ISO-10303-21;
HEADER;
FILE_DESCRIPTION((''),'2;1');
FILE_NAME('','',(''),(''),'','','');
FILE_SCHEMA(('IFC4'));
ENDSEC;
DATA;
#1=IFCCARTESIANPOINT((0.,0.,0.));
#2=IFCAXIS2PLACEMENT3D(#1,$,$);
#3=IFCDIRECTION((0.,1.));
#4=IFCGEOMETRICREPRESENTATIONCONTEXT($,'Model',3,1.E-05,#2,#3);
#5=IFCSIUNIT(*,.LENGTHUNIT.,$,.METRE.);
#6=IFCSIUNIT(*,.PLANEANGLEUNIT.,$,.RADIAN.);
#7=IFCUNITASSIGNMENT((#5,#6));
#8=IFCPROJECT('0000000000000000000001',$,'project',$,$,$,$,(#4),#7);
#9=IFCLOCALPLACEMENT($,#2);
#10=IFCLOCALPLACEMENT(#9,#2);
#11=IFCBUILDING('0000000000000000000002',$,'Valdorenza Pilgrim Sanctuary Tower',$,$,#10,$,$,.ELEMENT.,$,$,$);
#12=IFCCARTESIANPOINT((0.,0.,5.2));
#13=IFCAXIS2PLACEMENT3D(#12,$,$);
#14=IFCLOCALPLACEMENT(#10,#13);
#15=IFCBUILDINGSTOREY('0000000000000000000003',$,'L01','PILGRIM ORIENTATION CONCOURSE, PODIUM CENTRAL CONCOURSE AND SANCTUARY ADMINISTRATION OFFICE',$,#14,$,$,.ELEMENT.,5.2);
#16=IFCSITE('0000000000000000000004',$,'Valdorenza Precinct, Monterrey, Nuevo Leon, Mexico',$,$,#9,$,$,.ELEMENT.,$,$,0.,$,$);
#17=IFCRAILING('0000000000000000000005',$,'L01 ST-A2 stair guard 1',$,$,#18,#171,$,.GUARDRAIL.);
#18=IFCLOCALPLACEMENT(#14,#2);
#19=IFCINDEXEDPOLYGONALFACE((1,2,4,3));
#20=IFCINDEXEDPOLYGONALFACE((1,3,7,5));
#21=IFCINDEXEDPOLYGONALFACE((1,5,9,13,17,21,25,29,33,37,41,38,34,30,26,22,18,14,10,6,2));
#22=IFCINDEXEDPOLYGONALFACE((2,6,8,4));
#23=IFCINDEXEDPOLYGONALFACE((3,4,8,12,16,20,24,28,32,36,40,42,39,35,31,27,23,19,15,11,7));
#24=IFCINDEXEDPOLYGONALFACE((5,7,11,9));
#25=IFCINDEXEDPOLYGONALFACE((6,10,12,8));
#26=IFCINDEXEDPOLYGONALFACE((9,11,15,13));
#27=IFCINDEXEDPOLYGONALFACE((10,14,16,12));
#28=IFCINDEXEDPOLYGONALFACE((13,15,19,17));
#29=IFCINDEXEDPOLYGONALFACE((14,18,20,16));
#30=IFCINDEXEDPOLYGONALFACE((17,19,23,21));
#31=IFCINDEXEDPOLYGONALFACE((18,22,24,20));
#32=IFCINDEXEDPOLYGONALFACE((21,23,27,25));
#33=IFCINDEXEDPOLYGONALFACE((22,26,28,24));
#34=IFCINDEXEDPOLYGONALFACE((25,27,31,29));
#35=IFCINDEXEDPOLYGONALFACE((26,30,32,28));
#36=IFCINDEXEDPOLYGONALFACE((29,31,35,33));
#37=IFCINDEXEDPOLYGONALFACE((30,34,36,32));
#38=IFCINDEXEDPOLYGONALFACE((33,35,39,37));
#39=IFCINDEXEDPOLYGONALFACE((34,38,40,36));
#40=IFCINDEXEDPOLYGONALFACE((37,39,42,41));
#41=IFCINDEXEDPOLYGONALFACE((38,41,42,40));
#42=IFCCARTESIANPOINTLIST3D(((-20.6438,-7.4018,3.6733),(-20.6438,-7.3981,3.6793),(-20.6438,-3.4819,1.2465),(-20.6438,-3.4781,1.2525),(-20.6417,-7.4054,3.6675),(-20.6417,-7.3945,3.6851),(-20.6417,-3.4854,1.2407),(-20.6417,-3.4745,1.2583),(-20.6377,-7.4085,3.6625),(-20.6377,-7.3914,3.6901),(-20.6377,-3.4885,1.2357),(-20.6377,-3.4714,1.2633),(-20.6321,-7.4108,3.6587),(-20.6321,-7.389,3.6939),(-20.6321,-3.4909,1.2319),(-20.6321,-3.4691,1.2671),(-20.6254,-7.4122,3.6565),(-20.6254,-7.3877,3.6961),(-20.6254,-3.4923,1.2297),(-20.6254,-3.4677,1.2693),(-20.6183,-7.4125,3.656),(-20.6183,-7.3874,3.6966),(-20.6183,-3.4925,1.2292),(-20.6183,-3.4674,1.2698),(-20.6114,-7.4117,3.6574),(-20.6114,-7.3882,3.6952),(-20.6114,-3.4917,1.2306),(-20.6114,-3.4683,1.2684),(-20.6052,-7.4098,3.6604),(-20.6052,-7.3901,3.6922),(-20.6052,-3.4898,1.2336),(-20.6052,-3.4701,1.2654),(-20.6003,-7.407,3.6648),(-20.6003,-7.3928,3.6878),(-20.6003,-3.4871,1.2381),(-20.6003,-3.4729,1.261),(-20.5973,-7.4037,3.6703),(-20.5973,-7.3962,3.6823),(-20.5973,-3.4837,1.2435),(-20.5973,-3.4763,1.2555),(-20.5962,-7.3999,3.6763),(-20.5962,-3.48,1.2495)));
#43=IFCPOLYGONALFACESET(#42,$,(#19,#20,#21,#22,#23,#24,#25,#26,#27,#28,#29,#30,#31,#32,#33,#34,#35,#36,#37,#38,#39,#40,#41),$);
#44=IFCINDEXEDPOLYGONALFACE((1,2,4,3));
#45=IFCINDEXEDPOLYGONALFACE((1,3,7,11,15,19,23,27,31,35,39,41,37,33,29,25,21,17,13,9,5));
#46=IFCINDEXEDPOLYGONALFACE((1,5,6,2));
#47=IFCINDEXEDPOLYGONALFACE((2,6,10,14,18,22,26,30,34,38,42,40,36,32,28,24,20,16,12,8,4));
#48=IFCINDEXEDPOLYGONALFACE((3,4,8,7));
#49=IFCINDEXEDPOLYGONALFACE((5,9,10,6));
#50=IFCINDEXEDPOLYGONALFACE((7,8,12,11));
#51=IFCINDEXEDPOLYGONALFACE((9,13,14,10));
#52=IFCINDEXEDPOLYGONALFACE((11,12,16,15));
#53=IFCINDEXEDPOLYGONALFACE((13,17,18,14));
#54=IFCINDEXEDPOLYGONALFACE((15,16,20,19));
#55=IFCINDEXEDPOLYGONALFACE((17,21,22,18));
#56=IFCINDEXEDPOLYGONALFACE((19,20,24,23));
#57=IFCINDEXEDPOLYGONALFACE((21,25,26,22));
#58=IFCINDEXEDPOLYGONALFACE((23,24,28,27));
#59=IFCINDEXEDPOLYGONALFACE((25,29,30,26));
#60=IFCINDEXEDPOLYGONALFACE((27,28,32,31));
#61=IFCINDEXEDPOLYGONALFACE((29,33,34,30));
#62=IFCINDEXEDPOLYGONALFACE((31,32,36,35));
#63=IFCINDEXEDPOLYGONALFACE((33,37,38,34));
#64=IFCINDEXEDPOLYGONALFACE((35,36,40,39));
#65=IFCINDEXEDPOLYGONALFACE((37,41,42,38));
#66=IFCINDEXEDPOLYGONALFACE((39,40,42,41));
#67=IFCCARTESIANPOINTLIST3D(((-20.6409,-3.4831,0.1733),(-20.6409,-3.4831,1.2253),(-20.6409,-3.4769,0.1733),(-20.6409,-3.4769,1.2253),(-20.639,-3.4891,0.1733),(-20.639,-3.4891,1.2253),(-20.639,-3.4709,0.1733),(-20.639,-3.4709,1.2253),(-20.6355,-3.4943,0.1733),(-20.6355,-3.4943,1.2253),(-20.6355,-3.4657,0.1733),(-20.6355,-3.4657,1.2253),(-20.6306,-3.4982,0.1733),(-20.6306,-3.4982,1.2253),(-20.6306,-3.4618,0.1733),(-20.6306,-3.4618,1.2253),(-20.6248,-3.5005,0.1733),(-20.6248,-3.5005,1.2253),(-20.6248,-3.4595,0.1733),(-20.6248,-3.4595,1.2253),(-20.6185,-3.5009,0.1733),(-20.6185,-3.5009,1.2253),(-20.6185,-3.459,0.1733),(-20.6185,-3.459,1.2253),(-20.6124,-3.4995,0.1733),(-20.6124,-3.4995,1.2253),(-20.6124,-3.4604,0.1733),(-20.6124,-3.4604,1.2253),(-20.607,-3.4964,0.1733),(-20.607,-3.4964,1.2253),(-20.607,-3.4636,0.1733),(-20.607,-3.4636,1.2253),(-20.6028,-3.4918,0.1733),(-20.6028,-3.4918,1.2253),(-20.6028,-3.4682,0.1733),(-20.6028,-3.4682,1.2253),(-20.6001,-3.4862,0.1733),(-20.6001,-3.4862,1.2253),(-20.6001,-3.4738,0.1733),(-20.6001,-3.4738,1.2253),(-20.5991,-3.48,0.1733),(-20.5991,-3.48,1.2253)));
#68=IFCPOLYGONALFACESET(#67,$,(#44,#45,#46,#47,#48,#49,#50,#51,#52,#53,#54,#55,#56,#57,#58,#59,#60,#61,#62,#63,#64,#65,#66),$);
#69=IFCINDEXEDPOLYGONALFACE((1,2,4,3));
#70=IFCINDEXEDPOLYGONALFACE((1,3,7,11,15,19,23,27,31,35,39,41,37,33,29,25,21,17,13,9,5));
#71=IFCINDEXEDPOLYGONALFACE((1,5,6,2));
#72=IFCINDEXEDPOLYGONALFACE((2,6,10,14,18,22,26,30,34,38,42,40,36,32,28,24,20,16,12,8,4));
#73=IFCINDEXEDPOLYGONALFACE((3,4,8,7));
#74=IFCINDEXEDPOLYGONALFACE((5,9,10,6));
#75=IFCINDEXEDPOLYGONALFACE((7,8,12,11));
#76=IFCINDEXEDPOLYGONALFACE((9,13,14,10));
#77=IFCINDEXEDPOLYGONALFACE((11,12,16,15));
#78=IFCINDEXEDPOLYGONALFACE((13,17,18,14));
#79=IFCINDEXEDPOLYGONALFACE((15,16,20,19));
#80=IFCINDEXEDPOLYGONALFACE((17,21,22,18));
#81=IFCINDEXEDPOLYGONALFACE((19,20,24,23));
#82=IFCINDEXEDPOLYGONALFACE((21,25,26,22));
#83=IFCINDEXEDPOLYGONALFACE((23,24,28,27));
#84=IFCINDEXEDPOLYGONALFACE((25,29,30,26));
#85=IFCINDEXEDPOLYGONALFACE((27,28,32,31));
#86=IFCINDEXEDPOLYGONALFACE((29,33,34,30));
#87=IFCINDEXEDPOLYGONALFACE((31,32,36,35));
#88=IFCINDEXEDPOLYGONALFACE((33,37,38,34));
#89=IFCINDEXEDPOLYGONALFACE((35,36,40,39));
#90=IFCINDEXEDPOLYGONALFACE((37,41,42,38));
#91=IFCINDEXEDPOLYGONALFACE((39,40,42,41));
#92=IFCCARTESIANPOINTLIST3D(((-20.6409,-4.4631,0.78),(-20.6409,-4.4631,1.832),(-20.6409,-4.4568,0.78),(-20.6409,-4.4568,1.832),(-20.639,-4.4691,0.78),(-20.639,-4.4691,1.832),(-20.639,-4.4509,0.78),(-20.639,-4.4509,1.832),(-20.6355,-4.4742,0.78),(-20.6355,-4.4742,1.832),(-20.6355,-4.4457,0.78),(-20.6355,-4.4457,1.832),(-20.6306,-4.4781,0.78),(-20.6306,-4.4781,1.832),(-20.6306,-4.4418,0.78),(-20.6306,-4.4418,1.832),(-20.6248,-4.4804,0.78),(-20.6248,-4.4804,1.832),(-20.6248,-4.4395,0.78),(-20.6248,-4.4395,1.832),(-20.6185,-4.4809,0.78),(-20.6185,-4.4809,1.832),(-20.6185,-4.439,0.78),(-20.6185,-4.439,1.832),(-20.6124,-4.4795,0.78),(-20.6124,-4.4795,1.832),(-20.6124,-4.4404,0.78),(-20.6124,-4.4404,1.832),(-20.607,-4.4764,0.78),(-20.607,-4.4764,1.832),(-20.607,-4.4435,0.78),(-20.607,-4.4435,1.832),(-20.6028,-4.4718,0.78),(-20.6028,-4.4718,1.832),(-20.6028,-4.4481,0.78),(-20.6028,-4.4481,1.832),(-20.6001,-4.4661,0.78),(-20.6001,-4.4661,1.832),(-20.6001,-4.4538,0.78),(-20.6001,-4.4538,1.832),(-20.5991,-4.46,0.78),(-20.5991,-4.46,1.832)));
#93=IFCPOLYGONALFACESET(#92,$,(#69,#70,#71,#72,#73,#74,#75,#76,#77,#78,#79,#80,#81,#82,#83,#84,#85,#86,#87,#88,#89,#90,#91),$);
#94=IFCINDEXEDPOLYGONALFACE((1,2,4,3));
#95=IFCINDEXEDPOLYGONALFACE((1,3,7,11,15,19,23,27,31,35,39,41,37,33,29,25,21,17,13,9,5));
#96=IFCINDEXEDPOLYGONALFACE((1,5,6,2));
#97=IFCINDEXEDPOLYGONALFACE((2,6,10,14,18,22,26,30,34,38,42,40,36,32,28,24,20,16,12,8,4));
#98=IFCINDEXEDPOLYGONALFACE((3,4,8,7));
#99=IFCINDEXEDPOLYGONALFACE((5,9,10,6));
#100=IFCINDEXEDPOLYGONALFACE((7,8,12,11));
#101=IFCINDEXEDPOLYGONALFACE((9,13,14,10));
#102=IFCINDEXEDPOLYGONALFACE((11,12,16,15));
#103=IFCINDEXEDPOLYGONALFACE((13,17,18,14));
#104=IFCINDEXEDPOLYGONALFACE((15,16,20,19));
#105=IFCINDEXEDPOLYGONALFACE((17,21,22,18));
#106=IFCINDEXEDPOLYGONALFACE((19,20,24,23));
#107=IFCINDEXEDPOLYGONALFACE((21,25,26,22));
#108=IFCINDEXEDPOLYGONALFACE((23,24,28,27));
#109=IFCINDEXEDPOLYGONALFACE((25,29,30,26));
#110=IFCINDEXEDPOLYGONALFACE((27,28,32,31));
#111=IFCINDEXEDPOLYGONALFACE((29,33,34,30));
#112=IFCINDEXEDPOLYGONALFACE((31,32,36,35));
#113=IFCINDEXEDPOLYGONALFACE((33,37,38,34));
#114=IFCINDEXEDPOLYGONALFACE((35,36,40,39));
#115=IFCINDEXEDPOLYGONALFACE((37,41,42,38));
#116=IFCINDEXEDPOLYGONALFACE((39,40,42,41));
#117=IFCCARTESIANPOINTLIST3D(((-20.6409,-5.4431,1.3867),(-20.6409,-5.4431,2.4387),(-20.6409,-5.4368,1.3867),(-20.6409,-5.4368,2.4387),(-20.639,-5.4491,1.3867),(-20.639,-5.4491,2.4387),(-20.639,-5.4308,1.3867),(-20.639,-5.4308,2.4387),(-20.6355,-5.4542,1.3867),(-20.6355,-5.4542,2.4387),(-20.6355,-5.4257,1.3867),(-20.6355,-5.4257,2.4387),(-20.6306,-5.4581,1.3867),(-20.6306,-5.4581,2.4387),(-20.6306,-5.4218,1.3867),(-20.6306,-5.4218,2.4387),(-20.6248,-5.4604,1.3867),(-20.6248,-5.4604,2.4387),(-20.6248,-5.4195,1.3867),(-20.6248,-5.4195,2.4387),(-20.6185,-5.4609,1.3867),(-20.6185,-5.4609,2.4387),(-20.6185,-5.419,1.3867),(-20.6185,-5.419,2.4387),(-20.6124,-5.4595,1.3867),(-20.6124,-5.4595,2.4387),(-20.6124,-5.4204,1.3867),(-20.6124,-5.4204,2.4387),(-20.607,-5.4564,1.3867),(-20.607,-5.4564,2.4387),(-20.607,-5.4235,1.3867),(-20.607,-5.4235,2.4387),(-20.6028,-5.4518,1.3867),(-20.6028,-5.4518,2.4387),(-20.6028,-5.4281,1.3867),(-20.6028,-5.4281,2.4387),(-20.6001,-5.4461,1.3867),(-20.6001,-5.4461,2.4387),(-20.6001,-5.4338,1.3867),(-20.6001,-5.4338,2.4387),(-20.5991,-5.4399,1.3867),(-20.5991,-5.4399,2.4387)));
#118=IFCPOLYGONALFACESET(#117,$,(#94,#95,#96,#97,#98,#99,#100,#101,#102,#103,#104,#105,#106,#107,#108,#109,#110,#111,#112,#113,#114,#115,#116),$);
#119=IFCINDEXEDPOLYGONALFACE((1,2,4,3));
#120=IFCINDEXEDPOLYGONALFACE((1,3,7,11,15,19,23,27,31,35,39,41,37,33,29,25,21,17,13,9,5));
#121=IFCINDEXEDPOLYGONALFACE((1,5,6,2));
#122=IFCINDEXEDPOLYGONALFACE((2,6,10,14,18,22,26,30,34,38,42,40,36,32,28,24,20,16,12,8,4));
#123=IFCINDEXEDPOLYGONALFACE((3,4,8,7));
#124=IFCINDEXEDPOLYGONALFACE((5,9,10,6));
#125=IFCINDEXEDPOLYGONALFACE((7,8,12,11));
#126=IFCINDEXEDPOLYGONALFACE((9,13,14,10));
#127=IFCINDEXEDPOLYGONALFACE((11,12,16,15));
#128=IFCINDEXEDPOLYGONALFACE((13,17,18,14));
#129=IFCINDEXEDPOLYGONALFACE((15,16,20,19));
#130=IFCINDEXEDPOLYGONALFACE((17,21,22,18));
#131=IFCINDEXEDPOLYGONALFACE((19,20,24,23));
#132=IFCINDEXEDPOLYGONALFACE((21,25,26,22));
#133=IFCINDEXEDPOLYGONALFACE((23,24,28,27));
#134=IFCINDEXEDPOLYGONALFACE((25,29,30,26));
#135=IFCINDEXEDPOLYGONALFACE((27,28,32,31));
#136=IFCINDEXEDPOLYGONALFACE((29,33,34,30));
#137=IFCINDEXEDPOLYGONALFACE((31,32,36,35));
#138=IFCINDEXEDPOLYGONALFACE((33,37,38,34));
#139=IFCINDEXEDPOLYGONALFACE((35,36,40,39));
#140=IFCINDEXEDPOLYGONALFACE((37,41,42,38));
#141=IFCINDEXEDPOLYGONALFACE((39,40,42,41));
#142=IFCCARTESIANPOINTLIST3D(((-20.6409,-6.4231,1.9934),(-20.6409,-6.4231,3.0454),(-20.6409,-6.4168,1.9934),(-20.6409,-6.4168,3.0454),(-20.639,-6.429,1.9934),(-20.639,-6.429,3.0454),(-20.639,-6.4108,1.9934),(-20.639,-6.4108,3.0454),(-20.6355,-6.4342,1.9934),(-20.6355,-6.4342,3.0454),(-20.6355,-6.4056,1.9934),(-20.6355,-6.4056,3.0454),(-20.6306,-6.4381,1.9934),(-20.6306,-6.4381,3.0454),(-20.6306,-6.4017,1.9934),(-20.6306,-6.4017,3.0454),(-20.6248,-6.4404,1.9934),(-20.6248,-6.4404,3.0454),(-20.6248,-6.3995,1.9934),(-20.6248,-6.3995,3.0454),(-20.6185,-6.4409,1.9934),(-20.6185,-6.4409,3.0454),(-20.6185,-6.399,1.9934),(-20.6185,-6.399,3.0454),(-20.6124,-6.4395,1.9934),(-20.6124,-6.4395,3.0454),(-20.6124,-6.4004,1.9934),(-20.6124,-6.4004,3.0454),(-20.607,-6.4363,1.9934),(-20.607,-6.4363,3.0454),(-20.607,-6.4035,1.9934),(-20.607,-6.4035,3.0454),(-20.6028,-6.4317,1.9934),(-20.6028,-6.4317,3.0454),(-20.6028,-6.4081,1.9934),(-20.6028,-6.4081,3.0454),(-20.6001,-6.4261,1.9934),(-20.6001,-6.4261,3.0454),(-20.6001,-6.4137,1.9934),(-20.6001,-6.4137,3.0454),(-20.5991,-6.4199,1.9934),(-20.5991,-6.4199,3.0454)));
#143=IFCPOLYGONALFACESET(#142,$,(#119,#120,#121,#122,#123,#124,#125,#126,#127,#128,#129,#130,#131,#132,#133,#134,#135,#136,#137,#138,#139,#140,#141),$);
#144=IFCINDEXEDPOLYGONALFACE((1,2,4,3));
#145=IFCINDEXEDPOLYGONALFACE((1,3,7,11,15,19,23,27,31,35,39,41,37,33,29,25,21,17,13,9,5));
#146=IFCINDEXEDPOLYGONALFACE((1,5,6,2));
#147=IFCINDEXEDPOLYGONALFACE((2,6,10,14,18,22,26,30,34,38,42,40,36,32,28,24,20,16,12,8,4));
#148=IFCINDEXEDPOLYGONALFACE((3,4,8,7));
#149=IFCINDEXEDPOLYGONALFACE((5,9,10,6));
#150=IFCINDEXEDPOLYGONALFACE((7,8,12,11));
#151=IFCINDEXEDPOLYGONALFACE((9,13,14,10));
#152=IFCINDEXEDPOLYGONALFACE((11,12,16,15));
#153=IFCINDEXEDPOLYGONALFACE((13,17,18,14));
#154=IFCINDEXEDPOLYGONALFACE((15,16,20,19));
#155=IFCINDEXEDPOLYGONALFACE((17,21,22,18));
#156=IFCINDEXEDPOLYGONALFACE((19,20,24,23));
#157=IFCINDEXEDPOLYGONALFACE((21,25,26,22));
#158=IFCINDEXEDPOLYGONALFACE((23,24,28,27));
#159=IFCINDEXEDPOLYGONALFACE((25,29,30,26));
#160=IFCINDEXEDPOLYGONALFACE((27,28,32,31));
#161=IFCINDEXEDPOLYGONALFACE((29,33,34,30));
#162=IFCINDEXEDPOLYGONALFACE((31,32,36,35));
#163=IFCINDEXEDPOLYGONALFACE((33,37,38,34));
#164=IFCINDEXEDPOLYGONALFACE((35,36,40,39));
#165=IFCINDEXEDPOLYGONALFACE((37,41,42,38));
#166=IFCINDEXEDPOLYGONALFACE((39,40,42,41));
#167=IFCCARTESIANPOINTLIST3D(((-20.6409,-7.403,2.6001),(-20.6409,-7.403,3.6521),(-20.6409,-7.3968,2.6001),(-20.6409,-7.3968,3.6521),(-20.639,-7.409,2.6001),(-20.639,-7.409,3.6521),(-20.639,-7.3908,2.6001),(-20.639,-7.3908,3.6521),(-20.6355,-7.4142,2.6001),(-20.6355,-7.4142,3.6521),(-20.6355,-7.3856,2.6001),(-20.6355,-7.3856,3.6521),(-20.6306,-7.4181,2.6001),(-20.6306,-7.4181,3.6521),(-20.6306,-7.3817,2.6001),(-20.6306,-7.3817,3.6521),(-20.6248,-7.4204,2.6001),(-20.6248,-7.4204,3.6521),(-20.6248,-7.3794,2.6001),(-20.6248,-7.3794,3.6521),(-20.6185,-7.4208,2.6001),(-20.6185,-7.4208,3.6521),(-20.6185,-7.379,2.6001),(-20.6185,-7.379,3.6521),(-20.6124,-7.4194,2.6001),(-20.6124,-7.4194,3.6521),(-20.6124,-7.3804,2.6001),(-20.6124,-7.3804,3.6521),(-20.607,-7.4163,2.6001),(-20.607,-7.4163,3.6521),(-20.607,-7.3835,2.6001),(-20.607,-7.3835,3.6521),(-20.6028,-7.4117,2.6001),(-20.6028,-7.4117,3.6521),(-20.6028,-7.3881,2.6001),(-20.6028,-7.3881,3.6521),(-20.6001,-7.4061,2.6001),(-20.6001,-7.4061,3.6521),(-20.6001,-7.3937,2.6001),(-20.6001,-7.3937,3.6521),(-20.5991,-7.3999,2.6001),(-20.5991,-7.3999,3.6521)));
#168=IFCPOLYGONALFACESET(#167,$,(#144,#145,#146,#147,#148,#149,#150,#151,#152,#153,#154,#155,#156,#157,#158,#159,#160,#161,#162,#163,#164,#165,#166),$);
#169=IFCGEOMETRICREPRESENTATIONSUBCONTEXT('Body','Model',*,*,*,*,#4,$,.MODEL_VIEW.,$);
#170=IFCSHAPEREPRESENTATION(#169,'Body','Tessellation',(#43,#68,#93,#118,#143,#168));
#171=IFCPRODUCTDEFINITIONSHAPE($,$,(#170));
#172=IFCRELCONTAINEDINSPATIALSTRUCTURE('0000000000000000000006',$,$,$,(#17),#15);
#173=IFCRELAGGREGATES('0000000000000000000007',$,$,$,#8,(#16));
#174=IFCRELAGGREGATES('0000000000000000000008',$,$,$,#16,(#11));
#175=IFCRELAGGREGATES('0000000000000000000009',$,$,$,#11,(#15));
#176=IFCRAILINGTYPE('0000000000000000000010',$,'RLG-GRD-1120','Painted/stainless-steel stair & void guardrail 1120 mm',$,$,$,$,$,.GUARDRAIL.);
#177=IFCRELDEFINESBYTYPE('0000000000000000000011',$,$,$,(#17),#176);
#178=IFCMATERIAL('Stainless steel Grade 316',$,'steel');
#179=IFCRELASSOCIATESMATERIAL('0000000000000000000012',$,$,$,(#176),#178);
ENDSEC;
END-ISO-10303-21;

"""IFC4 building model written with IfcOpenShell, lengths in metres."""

from ifc_helpers import new_model, si_unit, direction, frame, origin, origin_2d, place, context, subcontext, project, spatial, circle, extrude, material, type_object, element, save


model = new_model("IFC4")

# Units and contexts
model_context = context("Model", 3, precision=1e-05, world=origin(), true_north=direction((0.0, 1.0)))
body_context = subcontext(model_context, "Body", "Model", "MODEL_VIEW")
ifc_project = project(units=[si_unit("LENGTHUNIT", "METRE"), si_unit("PLANEANGLEUNIT", "RADIAN")], contexts=[model_context])

# Site, building, storey
site_placement = place(None, origin())
site = spatial("IfcSite", under=ifc_project, at=site_placement, Name="Valdorenza Precinct, Monterrey, Nuevo Leon, Mexico", CompositionType="ELEMENT", RefElevation=0.0)
building_placement = place(site_placement, origin())
building = spatial("IfcBuilding", under=site, at=building_placement, Name="Valdorenza Pilgrim Sanctuary Tower", CompositionType="ELEMENT")
storey_placement = place(building_placement, frame((0.0, 0.0, 5.2)))
storey = spatial("IfcBuildingStorey", under=building, at=storey_placement, Name="L01", Description="PILGRIM ORIENTATION CONCOURSE, PODIUM CENTRAL CONCOURSE AND SANCTUARY ADMINISTRATION OFFICE", CompositionType="ELEMENT", Elevation=5.2)

# Railing
ifc_material_1 = material(Name="Stainless steel Grade 316", Category="steel")
railing_type = type_object("IfcRailingType", Name="RLG-GRD-1120", Description="Painted/stainless-steel stair & void guardrail 1120 mm", PredefinedType="GUARDRAIL", material=ifc_material_1)
railing_1_placement = place(storey_placement, frame((-20.6201, -3.48, 0.1733)))
element("IfcRailing", 1, at=railing_1_placement, inside=storey, type_object=railing_type, Name="L01 ST-A2 stair guard 1", PredefinedType="GUARDRAIL", context=body_context, shape_type="SweptSolid", body=[
    extrude(circle(Radius=0.0239, at=origin_2d()), frame((0.0, 0.0, 1.0762), z_axis=(0.0, -0.850252, 0.526376), x_axis=(1.0, 0.0, 0.0)), (0.0, 0.0, 1.0), 4.6104),
    extrude(circle(Radius=0.021, at=origin_2d()), origin(), (0.0, 0.0, 1.0), 1.052),
    extrude(circle(Radius=0.021, at=origin_2d()), frame((0.0, -0.98, 0.6067)), (0.0, 0.0, 1.0), 1.052),
    extrude(circle(Radius=0.021, at=origin_2d()), frame((0.0, -1.96, 1.2134)), (0.0, 0.0, 1.0), 1.052),
    extrude(circle(Radius=0.021, at=origin_2d()), frame((0.0, -2.9399, 1.8201)), (0.0, 0.0, 1.0), 1.052),
    extrude(circle(Radius=0.021, at=origin_2d()), frame((0.0, -3.9199, 2.4268)), (0.0, 0.0, 1.0), 1.052),
])

save(model, "model.ifc")
